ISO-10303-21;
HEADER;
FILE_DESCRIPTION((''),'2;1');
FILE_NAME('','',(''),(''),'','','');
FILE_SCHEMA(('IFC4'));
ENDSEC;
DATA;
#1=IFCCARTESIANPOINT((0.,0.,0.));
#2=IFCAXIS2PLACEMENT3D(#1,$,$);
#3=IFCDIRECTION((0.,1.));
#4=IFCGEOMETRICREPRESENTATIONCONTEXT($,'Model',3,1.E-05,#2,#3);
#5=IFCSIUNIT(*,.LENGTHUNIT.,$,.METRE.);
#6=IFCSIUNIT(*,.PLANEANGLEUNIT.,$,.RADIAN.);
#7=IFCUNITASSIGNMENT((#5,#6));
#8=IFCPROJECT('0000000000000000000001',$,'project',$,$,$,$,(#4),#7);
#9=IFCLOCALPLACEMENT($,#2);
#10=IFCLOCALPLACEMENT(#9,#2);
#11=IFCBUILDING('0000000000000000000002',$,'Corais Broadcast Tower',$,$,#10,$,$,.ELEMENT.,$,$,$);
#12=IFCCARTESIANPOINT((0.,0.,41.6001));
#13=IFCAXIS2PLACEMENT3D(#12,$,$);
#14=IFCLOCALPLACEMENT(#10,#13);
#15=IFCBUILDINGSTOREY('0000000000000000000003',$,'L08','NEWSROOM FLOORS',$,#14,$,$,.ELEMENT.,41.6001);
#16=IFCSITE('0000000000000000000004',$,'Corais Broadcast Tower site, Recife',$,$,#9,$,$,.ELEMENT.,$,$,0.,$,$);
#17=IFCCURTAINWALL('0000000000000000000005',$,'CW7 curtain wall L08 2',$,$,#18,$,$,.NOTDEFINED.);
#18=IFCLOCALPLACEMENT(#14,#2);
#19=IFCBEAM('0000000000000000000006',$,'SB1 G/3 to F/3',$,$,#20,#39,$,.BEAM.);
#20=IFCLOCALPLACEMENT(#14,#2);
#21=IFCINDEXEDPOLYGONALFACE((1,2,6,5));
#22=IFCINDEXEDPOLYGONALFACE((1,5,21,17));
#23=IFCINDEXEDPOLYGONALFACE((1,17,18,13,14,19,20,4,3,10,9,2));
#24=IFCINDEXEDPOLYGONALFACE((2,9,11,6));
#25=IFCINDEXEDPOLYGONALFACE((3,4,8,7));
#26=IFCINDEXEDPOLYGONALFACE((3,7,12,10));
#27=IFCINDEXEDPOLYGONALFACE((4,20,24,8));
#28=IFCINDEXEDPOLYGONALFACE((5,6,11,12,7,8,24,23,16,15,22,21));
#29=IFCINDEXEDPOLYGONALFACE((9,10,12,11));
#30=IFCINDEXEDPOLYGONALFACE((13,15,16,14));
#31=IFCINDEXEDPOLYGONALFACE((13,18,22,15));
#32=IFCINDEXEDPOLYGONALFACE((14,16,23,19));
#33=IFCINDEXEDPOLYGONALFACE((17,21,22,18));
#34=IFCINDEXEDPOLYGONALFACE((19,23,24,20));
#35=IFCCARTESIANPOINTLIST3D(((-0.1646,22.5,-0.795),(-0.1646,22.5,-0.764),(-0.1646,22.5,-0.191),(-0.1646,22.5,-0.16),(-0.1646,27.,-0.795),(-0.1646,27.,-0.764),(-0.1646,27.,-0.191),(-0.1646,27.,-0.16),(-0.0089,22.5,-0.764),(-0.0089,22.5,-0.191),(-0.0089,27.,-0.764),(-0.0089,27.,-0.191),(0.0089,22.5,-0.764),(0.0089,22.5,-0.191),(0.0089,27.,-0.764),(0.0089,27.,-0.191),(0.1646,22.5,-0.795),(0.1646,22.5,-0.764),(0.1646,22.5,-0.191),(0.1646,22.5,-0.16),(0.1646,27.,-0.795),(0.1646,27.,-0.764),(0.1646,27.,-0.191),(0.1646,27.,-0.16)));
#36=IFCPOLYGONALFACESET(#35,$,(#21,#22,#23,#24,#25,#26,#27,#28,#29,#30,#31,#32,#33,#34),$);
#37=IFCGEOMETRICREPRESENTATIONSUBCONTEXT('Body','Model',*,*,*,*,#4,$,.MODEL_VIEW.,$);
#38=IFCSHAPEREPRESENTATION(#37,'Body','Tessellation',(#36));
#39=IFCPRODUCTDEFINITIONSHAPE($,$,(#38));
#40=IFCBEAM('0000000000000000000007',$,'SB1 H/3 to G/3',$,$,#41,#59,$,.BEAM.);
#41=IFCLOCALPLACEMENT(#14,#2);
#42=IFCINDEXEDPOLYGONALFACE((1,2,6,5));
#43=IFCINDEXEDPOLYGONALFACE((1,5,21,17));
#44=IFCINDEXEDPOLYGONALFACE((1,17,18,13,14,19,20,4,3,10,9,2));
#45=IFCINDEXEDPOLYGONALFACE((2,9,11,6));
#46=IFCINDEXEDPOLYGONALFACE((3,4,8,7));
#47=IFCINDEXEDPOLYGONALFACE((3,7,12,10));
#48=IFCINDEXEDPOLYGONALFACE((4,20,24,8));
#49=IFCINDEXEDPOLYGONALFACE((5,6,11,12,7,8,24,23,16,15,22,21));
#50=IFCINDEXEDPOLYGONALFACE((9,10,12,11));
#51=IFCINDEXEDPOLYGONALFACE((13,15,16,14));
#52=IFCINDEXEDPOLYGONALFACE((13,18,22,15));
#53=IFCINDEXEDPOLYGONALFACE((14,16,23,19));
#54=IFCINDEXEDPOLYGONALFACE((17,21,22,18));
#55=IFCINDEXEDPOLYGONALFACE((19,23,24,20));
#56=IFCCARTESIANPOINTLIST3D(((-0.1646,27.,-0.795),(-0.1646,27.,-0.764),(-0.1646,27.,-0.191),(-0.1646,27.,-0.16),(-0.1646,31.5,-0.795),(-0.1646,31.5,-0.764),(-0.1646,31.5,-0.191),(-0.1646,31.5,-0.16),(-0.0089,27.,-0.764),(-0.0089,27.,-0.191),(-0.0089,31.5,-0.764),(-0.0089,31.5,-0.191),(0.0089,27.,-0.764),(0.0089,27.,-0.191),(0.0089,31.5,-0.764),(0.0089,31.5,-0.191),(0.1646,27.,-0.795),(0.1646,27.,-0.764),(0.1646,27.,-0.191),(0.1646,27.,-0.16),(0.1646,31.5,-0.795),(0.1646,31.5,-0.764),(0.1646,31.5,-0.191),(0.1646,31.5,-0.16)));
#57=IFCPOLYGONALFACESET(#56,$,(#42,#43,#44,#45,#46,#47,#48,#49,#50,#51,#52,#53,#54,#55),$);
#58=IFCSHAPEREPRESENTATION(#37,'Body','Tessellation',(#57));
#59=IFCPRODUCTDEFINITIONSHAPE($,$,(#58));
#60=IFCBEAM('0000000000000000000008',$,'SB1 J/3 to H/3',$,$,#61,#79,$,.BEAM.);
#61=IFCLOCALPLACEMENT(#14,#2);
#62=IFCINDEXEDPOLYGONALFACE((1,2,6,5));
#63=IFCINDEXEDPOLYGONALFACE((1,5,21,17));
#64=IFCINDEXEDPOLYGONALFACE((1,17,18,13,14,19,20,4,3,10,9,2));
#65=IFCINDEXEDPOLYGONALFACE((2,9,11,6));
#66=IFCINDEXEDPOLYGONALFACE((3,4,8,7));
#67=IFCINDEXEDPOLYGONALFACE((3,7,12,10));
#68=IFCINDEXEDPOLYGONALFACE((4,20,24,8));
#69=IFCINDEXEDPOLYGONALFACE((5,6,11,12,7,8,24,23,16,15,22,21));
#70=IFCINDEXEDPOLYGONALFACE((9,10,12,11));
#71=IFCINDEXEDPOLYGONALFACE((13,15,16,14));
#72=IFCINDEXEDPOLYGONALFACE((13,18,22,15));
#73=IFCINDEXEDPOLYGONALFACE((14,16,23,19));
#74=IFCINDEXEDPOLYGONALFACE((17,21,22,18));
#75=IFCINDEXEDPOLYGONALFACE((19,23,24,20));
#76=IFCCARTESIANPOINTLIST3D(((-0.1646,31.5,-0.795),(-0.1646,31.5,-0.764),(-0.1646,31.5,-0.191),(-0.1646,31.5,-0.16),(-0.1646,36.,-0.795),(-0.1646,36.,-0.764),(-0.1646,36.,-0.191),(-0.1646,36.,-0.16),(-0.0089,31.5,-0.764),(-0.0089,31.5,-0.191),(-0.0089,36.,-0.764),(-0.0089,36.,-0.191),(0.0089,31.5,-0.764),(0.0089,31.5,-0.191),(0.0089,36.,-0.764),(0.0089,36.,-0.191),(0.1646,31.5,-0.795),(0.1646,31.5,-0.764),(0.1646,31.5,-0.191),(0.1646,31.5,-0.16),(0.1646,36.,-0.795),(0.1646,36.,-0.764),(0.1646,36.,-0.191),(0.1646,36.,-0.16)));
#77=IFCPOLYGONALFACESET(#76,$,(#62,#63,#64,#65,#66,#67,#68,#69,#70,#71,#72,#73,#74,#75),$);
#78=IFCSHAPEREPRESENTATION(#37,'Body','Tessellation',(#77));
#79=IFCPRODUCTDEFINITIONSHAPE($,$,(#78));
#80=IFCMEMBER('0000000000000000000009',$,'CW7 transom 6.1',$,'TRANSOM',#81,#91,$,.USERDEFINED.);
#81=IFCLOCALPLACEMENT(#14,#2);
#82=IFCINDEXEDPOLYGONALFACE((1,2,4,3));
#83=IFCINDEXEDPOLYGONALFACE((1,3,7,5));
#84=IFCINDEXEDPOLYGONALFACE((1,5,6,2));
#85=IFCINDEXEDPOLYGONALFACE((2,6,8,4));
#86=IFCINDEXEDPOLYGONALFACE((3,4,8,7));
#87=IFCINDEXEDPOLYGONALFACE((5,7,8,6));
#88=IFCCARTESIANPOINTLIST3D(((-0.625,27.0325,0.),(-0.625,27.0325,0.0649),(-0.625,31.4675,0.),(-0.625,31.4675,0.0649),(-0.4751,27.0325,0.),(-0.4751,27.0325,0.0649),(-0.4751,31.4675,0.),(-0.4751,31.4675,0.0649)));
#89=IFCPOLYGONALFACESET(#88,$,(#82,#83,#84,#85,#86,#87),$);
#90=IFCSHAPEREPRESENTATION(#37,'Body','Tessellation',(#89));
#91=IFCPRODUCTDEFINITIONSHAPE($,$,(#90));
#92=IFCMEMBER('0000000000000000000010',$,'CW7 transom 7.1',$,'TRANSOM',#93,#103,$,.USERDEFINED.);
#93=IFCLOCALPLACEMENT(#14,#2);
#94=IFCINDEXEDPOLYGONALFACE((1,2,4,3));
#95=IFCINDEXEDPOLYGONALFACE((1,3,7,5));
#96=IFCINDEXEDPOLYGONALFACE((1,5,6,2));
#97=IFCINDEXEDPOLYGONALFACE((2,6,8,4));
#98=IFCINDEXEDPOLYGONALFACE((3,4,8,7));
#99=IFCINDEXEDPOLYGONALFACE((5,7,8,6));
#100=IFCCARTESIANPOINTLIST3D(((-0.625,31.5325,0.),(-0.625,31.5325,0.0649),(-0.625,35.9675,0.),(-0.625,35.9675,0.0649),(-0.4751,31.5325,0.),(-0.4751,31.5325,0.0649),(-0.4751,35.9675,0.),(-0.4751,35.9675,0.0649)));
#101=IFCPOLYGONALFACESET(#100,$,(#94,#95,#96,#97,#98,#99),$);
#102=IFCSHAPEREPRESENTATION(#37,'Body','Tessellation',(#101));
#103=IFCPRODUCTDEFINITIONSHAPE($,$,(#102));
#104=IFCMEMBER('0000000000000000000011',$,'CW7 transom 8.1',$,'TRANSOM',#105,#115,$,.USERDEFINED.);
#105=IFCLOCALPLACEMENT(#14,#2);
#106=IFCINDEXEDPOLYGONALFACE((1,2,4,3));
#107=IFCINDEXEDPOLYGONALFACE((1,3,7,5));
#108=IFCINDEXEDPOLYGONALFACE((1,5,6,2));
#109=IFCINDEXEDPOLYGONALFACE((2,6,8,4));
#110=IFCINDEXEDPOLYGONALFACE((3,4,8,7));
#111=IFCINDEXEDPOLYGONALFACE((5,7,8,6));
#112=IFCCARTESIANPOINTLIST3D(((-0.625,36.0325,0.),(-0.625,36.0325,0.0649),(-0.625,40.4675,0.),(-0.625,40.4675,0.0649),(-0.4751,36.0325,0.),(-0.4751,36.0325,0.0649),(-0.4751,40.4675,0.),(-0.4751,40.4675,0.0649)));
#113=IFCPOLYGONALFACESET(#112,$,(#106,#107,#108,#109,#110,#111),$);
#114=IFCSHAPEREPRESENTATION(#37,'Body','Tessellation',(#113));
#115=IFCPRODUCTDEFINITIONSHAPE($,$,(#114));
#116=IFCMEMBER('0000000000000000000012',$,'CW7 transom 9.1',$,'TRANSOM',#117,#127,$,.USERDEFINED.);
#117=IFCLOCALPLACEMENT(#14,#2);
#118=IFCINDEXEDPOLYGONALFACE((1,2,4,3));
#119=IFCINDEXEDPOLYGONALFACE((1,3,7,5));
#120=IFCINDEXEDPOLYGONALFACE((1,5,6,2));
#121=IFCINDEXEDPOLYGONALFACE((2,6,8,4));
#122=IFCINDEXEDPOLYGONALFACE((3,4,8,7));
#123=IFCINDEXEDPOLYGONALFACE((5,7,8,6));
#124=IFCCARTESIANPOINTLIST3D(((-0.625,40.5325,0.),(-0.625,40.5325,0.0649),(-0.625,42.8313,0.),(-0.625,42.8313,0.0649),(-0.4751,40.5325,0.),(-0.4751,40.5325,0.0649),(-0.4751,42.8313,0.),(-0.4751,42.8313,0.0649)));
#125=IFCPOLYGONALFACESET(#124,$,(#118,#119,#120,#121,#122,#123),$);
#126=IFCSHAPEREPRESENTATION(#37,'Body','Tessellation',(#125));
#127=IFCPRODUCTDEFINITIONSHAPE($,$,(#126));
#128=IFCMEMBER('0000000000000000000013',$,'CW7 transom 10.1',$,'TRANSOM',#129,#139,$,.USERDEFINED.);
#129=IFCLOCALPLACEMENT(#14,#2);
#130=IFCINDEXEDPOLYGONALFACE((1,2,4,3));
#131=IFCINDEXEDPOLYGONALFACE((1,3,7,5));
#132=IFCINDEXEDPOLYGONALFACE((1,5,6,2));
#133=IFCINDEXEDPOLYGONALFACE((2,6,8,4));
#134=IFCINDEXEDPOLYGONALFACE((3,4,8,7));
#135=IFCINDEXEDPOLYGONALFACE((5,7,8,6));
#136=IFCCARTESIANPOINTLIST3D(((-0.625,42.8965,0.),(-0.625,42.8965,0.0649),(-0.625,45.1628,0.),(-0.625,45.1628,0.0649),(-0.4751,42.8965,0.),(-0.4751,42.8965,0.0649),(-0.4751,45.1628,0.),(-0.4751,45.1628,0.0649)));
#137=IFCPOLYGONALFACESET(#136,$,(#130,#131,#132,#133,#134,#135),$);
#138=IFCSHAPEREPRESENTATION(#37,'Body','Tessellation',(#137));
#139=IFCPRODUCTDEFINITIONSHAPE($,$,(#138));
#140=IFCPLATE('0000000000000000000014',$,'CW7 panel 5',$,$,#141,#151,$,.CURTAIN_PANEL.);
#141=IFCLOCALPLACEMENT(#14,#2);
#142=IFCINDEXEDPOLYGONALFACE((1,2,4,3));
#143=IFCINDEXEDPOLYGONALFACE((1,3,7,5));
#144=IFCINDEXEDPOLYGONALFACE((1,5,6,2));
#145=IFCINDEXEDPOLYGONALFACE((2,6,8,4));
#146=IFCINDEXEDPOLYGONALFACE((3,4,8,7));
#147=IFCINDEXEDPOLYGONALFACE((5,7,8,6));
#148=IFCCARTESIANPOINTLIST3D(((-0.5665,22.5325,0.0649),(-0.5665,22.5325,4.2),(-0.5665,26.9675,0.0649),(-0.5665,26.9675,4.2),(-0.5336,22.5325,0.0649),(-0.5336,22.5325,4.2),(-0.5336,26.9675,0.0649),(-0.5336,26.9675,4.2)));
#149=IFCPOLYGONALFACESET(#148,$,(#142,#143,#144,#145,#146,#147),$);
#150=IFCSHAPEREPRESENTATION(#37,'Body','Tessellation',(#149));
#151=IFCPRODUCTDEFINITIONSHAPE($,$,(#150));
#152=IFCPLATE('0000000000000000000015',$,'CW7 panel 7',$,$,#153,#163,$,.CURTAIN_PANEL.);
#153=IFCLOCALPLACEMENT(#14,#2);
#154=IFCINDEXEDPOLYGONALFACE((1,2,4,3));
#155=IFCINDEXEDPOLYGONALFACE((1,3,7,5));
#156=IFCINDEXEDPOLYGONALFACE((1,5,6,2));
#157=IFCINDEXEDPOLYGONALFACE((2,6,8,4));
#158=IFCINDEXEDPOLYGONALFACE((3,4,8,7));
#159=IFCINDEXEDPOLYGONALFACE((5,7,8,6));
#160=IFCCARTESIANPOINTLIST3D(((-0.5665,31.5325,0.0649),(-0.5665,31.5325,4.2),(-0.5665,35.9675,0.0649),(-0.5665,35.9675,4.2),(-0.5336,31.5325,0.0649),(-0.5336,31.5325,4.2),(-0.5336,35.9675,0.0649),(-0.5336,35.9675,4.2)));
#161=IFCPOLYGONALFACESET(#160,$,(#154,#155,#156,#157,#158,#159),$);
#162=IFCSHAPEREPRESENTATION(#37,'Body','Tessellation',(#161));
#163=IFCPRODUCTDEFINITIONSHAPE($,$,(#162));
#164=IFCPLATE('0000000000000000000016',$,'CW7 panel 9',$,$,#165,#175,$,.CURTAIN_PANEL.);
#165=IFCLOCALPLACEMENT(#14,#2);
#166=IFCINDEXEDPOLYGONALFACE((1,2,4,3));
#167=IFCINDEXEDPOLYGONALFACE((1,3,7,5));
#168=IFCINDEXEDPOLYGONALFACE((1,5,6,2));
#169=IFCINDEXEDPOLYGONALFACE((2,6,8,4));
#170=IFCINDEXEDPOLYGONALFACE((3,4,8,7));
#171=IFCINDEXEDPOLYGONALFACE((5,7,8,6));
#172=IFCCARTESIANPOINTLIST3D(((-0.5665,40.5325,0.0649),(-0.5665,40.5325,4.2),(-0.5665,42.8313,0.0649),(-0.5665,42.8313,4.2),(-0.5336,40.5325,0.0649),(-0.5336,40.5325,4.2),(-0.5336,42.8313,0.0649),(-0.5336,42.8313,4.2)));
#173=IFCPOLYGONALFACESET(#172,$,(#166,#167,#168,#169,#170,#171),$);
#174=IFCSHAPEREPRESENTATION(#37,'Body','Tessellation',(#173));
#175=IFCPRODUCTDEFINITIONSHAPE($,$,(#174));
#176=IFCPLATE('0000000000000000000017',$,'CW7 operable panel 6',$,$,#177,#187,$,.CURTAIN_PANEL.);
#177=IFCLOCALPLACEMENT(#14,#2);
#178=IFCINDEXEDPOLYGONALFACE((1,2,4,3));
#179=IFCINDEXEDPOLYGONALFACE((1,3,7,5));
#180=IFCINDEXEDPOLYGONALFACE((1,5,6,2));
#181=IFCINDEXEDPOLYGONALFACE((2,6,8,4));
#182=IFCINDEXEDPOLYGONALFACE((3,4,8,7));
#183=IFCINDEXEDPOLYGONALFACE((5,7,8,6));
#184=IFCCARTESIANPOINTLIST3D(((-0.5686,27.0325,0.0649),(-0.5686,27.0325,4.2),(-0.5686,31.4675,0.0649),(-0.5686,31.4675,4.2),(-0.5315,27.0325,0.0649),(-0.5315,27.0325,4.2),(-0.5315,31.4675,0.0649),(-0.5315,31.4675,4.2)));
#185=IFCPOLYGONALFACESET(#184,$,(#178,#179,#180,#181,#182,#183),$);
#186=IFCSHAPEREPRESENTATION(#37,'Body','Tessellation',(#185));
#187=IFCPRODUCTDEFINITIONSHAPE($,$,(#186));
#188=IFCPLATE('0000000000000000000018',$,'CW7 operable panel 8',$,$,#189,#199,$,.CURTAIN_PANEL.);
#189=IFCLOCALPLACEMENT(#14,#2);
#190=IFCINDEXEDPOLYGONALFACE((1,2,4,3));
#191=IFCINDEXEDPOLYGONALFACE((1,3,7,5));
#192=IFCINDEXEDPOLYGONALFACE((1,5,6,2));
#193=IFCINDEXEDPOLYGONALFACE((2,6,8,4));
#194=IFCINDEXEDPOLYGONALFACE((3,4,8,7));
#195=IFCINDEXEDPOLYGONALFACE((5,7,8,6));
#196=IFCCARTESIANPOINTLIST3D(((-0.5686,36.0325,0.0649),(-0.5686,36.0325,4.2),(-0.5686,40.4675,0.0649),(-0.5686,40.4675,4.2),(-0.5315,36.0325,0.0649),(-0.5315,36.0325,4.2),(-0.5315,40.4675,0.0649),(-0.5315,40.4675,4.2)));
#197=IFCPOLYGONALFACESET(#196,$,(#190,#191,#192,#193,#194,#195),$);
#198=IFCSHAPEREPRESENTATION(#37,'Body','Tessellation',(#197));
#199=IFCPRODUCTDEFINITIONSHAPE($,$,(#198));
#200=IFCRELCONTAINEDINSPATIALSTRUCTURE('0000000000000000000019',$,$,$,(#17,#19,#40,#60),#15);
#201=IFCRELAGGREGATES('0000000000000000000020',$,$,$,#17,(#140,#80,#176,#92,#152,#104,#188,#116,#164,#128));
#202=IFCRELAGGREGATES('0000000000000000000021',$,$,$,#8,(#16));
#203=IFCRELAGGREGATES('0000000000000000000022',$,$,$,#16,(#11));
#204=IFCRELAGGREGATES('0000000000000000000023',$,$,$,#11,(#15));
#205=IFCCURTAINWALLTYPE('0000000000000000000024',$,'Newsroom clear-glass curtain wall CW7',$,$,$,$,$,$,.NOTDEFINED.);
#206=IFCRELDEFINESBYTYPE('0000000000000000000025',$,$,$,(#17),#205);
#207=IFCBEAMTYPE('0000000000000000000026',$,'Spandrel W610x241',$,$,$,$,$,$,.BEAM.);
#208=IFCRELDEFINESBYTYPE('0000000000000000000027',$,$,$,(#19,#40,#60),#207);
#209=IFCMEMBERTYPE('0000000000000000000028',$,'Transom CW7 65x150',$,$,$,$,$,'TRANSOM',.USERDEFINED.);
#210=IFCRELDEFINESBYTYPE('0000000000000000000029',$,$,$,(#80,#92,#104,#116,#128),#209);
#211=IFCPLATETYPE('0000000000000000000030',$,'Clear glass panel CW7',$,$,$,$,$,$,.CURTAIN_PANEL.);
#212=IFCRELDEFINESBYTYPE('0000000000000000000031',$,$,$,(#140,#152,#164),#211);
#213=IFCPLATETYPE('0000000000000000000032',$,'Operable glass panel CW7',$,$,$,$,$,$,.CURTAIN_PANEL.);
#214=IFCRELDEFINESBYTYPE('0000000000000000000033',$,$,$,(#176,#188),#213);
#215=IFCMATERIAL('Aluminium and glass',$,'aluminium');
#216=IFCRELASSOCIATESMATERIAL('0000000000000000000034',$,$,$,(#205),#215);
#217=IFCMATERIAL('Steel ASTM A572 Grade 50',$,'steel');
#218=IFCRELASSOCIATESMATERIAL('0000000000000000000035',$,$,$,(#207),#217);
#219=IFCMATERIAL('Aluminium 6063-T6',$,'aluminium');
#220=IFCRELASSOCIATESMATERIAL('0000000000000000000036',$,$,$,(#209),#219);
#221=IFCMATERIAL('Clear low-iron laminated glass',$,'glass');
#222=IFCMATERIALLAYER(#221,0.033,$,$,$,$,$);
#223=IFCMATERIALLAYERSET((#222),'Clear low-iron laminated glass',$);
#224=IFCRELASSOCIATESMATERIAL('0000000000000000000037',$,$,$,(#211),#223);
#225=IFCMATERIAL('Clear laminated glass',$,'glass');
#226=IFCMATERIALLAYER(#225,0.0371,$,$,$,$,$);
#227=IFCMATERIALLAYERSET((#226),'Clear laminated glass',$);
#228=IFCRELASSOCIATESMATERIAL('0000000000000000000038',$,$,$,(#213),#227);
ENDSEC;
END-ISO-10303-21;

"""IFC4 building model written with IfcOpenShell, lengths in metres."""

from ifc_helpers import new_model, si_unit, direction, frame, origin, origin_2d, place, context, subcontext, project, spatial, rectangle, i_section, extrude, material, layer, layer_set, material_profile, profile_set, type_object, element, aggregate, save


model = new_model("IFC4")

# Units and contexts
model_context = context("Model", 3, precision=1e-05, world=origin(), true_north=direction((0.0, 1.0)))
body_context = subcontext(model_context, "Body", "Model", "MODEL_VIEW")
ifc_project = project(units=[si_unit("LENGTHUNIT", "METRE"), si_unit("PLANEANGLEUNIT", "RADIAN")], contexts=[model_context])

# Site, building, storey
site_placement = place(None, origin())
site = spatial("IfcSite", under=ifc_project, at=site_placement, Name="Corais Broadcast Tower site, Recife", CompositionType="ELEMENT", RefElevation=0.0)
building_placement = place(site_placement, origin())
building = spatial("IfcBuilding", under=site, at=building_placement, Name="Corais Broadcast Tower", CompositionType="ELEMENT")
storey_placement = place(building_placement, frame((0.0, 0.0, 41.6001)))
storey = spatial("IfcBuildingStorey", under=building, at=storey_placement, Name="L08", Description="NEWSROOM FLOORS", CompositionType="ELEMENT", Elevation=41.6001)

# Curtain wall
ifc_material_1 = material(Name="Aluminium and glass", Category="aluminium")
curtain_wall_type = type_object("IfcCurtainWallType", Name="Newsroom clear-glass curtain wall CW7", PredefinedType="NOTDEFINED", material=ifc_material_1)
curtain_wall_placement = place(storey_placement, origin())
curtain_wall = element("IfcCurtainWall", 1, at=curtain_wall_placement, inside=storey, type_object=curtain_wall_type, Name="CW7 curtain wall L08 2", PredefinedType="NOTDEFINED")

# Beams
ifc_material_2 = material(Name="Steel ASTM A572 Grade 50", Category="steel")
ifc_material_profile_1 = material_profile(ifc_material_2, i_section(OverallWidth=0.3291, OverallDepth=0.635, WebThickness=0.0178, FlangeThickness=0.031, at=origin_2d()), Name="W610x241")
ifc_profile_set_1 = profile_set([ifc_material_profile_1], Name="Steel ASTM A572 Grade 50")
beam_type_1 = type_object("IfcBeamType", Name="Spandrel W610x241", PredefinedType="BEAM", material=ifc_profile_set_1)
for number, where, z_axis, x_axis, name in (
    (2, (0.0, 27.0, -0.4775), (0.0, -1.0, 0.0), (1.0, 0.0, 0.0), "SB1 G/3 to F/3"),
    (3, (0.0, 31.5, -0.4775), (0.0, -1.0, 0.0), (1.0, 0.0, 0.0), "SB1 H/3 to G/3"),
    (4, (0.0, 36.0, -0.4775), (0.0, -1.0, 0.0), (1.0, 0.0, 0.0), "SB1 J/3 to H/3"),
):
    element("IfcBeam", number, at=place(storey_placement, frame(where, z_axis=z_axis, x_axis=x_axis)), inside=storey, type_object=beam_type_1, Name=name, PredefinedType="BEAM", context=body_context, shape_type="SweptSolid", body=[
        extrude(i_section(OverallWidth=0.3291, OverallDepth=0.635, WebThickness=0.0178, FlangeThickness=0.031, at=origin_2d()), origin(), (0.0, 0.0, 1.0), 4.5),
    ])

# Members
ifc_material_3 = material(Name="Aluminium 6063-T6", Category="aluminium")
ifc_material_profile_2 = material_profile(ifc_material_3, rectangle(XDim=0.1499, YDim=0.0649, at=origin_2d()), Name="Transom CW7 65x150")
ifc_profile_set_2 = profile_set([ifc_material_profile_2], Name="Aluminium 6063-T6")
member_type_1 = type_object("IfcMemberType", Name="Transom CW7 65x150", ElementType="TRANSOM", PredefinedType="USERDEFINED", material=ifc_profile_set_2)
member_1_placement = place(storey_placement, frame((-0.55, 27.0325, 0.0325), z_axis=(0.0, 1.0, 0.0), x_axis=(-1.0, 0.0, 0.0)))
member_1 = element("IfcMember", 5, at=member_1_placement, type_object=member_type_1, Name="CW7 transom 6.1", ObjectType="TRANSOM", PredefinedType="USERDEFINED", context=body_context, shape_type="SweptSolid", body=[
    extrude(rectangle(XDim=0.1499, YDim=0.0649, at=origin_2d()), origin(), (0.0, 0.0, 1.0), 4.4351),
])
member_2_placement = place(storey_placement, frame((-0.55, 31.5325, 0.0325), z_axis=(0.0, 1.0, 0.0), x_axis=(-1.0, 0.0, 0.0)))
member_2 = element("IfcMember", 6, at=member_2_placement, type_object=member_type_1, Name="CW7 transom 7.1", ObjectType="TRANSOM", PredefinedType="USERDEFINED", context=body_context, shape_type="SweptSolid", body=[
    extrude(rectangle(XDim=0.1499, YDim=0.0649, at=origin_2d()), origin(), (0.0, 0.0, 1.0), 4.4351),
])
member_3_placement = place(storey_placement, frame((-0.55, 36.0325, 0.0325), z_axis=(0.0, 1.0, 0.0), x_axis=(-1.0, 0.0, 0.0)))
member_3 = element("IfcMember", 7, at=member_3_placement, type_object=member_type_1, Name="CW7 transom 8.1", ObjectType="TRANSOM", PredefinedType="USERDEFINED", context=body_context, shape_type="SweptSolid", body=[
    extrude(rectangle(XDim=0.1499, YDim=0.0649, at=origin_2d()), origin(), (0.0, 0.0, 1.0), 4.4351),
])
member_4_placement = place(storey_placement, frame((-0.55, 40.5325, 0.0325), z_axis=(0.0, 1.0, 0.0), x_axis=(-1.0, 0.0, 0.0)))
member_4 = element("IfcMember", 8, at=member_4_placement, type_object=member_type_1, Name="CW7 transom 9.1", ObjectType="TRANSOM", PredefinedType="USERDEFINED", context=body_context, shape_type="SweptSolid", body=[
    extrude(rectangle(XDim=0.1499, YDim=0.0649, at=origin_2d()), origin(), (0.0, 0.0, 1.0), 2.2988),
])
member_5_placement = place(storey_placement, frame((-0.55, 42.8965, 0.0325), z_axis=(0.0, 1.0, 0.0), x_axis=(-1.0, 0.0, 0.0)))
member_5 = element("IfcMember", 9, at=member_5_placement, type_object=member_type_1, Name="CW7 transom 10.1", ObjectType="TRANSOM", PredefinedType="USERDEFINED", context=body_context, shape_type="SweptSolid", body=[
    extrude(rectangle(XDim=0.1499, YDim=0.0649, at=origin_2d()), origin(), (0.0, 0.0, 1.0), 2.2664),
])

# Plates
ifc_material_4 = material(Name="Clear low-iron laminated glass", Category="glass")
ifc_layer_1 = layer(ifc_material_4, 0.033)
ifc_layer_set_1 = layer_set([ifc_layer_1], Name="Clear low-iron laminated glass")
plate_type_1 = type_object("IfcPlateType", Name="Clear glass panel CW7", PredefinedType="CURTAIN_PANEL", material=ifc_layer_set_1)
plate_1_placement = place(storey_placement, frame((-0.55, 24.75, 0.0649), z_axis=(0.0, 0.0, 1.0), x_axis=(0.0, 1.0, 0.0)))
plate_1 = element("IfcPlate", 10, at=plate_1_placement, type_object=plate_type_1, Name="CW7 panel 5", PredefinedType="CURTAIN_PANEL", context=body_context, shape_type="SweptSolid", body=[
    extrude(rectangle(XDim=4.4351, YDim=0.033, at=origin_2d()), origin(), (0.0, 0.0, 1.0), 4.135),
])
plate_2_placement = place(storey_placement, frame((-0.55, 33.75, 0.0649), z_axis=(0.0, 0.0, 1.0), x_axis=(0.0, 1.0, 0.0)))
plate_2 = element("IfcPlate", 11, at=plate_2_placement, type_object=plate_type_1, Name="CW7 panel 7", PredefinedType="CURTAIN_PANEL", context=body_context, shape_type="SweptSolid", body=[
    extrude(rectangle(XDim=4.4351, YDim=0.033, at=origin_2d()), origin(), (0.0, 0.0, 1.0), 4.135),
])
plate_3_placement = place(storey_placement, frame((-0.55, 41.6819, 0.0649), z_axis=(0.0, 0.0, 1.0), x_axis=(0.0, 1.0, 0.0)))
plate_3 = element("IfcPlate", 12, at=plate_3_placement, type_object=plate_type_1, Name="CW7 panel 9", PredefinedType="CURTAIN_PANEL", context=body_context, shape_type="SweptSolid", body=[
    extrude(rectangle(XDim=2.2988, YDim=0.033, at=origin_2d()), origin(), (0.0, 0.0, 1.0), 4.135),
])
ifc_material_5 = material(Name="Clear laminated glass", Category="glass")
ifc_layer_2 = layer(ifc_material_5, 0.0371)
ifc_layer_set_2 = layer_set([ifc_layer_2], Name="Clear laminated glass")
plate_type_2 = type_object("IfcPlateType", Name="Operable glass panel CW7", PredefinedType="CURTAIN_PANEL", material=ifc_layer_set_2)
plate_4_placement = place(storey_placement, frame((-0.55, 29.25, 0.0649), z_axis=(0.0, 0.0, 1.0), x_axis=(0.0, 1.0, 0.0)))
plate_4 = element("IfcPlate", 13, at=plate_4_placement, type_object=plate_type_2, Name="CW7 operable panel 6", PredefinedType="CURTAIN_PANEL", context=body_context, shape_type="SweptSolid", body=[
    extrude(rectangle(XDim=4.4351, YDim=0.0371, at=origin_2d()), origin(), (0.0, 0.0, 1.0), 4.135),
])
plate_5_placement = place(storey_placement, frame((-0.55, 38.25, 0.0649), z_axis=(0.0, 0.0, 1.0), x_axis=(0.0, 1.0, 0.0)))
plate_5 = element("IfcPlate", 14, at=plate_5_placement, type_object=plate_type_2, Name="CW7 operable panel 8", PredefinedType="CURTAIN_PANEL", context=body_context, shape_type="SweptSolid", body=[
    extrude(rectangle(XDim=4.4351, YDim=0.0371, at=origin_2d()), origin(), (0.0, 0.0, 1.0), 4.135),
])
aggregate(curtain_wall, [plate_1, member_1, plate_4, member_2, plate_2, member_3, plate_5, member_4, plate_3, member_5])

save(model, "model.ifc")
